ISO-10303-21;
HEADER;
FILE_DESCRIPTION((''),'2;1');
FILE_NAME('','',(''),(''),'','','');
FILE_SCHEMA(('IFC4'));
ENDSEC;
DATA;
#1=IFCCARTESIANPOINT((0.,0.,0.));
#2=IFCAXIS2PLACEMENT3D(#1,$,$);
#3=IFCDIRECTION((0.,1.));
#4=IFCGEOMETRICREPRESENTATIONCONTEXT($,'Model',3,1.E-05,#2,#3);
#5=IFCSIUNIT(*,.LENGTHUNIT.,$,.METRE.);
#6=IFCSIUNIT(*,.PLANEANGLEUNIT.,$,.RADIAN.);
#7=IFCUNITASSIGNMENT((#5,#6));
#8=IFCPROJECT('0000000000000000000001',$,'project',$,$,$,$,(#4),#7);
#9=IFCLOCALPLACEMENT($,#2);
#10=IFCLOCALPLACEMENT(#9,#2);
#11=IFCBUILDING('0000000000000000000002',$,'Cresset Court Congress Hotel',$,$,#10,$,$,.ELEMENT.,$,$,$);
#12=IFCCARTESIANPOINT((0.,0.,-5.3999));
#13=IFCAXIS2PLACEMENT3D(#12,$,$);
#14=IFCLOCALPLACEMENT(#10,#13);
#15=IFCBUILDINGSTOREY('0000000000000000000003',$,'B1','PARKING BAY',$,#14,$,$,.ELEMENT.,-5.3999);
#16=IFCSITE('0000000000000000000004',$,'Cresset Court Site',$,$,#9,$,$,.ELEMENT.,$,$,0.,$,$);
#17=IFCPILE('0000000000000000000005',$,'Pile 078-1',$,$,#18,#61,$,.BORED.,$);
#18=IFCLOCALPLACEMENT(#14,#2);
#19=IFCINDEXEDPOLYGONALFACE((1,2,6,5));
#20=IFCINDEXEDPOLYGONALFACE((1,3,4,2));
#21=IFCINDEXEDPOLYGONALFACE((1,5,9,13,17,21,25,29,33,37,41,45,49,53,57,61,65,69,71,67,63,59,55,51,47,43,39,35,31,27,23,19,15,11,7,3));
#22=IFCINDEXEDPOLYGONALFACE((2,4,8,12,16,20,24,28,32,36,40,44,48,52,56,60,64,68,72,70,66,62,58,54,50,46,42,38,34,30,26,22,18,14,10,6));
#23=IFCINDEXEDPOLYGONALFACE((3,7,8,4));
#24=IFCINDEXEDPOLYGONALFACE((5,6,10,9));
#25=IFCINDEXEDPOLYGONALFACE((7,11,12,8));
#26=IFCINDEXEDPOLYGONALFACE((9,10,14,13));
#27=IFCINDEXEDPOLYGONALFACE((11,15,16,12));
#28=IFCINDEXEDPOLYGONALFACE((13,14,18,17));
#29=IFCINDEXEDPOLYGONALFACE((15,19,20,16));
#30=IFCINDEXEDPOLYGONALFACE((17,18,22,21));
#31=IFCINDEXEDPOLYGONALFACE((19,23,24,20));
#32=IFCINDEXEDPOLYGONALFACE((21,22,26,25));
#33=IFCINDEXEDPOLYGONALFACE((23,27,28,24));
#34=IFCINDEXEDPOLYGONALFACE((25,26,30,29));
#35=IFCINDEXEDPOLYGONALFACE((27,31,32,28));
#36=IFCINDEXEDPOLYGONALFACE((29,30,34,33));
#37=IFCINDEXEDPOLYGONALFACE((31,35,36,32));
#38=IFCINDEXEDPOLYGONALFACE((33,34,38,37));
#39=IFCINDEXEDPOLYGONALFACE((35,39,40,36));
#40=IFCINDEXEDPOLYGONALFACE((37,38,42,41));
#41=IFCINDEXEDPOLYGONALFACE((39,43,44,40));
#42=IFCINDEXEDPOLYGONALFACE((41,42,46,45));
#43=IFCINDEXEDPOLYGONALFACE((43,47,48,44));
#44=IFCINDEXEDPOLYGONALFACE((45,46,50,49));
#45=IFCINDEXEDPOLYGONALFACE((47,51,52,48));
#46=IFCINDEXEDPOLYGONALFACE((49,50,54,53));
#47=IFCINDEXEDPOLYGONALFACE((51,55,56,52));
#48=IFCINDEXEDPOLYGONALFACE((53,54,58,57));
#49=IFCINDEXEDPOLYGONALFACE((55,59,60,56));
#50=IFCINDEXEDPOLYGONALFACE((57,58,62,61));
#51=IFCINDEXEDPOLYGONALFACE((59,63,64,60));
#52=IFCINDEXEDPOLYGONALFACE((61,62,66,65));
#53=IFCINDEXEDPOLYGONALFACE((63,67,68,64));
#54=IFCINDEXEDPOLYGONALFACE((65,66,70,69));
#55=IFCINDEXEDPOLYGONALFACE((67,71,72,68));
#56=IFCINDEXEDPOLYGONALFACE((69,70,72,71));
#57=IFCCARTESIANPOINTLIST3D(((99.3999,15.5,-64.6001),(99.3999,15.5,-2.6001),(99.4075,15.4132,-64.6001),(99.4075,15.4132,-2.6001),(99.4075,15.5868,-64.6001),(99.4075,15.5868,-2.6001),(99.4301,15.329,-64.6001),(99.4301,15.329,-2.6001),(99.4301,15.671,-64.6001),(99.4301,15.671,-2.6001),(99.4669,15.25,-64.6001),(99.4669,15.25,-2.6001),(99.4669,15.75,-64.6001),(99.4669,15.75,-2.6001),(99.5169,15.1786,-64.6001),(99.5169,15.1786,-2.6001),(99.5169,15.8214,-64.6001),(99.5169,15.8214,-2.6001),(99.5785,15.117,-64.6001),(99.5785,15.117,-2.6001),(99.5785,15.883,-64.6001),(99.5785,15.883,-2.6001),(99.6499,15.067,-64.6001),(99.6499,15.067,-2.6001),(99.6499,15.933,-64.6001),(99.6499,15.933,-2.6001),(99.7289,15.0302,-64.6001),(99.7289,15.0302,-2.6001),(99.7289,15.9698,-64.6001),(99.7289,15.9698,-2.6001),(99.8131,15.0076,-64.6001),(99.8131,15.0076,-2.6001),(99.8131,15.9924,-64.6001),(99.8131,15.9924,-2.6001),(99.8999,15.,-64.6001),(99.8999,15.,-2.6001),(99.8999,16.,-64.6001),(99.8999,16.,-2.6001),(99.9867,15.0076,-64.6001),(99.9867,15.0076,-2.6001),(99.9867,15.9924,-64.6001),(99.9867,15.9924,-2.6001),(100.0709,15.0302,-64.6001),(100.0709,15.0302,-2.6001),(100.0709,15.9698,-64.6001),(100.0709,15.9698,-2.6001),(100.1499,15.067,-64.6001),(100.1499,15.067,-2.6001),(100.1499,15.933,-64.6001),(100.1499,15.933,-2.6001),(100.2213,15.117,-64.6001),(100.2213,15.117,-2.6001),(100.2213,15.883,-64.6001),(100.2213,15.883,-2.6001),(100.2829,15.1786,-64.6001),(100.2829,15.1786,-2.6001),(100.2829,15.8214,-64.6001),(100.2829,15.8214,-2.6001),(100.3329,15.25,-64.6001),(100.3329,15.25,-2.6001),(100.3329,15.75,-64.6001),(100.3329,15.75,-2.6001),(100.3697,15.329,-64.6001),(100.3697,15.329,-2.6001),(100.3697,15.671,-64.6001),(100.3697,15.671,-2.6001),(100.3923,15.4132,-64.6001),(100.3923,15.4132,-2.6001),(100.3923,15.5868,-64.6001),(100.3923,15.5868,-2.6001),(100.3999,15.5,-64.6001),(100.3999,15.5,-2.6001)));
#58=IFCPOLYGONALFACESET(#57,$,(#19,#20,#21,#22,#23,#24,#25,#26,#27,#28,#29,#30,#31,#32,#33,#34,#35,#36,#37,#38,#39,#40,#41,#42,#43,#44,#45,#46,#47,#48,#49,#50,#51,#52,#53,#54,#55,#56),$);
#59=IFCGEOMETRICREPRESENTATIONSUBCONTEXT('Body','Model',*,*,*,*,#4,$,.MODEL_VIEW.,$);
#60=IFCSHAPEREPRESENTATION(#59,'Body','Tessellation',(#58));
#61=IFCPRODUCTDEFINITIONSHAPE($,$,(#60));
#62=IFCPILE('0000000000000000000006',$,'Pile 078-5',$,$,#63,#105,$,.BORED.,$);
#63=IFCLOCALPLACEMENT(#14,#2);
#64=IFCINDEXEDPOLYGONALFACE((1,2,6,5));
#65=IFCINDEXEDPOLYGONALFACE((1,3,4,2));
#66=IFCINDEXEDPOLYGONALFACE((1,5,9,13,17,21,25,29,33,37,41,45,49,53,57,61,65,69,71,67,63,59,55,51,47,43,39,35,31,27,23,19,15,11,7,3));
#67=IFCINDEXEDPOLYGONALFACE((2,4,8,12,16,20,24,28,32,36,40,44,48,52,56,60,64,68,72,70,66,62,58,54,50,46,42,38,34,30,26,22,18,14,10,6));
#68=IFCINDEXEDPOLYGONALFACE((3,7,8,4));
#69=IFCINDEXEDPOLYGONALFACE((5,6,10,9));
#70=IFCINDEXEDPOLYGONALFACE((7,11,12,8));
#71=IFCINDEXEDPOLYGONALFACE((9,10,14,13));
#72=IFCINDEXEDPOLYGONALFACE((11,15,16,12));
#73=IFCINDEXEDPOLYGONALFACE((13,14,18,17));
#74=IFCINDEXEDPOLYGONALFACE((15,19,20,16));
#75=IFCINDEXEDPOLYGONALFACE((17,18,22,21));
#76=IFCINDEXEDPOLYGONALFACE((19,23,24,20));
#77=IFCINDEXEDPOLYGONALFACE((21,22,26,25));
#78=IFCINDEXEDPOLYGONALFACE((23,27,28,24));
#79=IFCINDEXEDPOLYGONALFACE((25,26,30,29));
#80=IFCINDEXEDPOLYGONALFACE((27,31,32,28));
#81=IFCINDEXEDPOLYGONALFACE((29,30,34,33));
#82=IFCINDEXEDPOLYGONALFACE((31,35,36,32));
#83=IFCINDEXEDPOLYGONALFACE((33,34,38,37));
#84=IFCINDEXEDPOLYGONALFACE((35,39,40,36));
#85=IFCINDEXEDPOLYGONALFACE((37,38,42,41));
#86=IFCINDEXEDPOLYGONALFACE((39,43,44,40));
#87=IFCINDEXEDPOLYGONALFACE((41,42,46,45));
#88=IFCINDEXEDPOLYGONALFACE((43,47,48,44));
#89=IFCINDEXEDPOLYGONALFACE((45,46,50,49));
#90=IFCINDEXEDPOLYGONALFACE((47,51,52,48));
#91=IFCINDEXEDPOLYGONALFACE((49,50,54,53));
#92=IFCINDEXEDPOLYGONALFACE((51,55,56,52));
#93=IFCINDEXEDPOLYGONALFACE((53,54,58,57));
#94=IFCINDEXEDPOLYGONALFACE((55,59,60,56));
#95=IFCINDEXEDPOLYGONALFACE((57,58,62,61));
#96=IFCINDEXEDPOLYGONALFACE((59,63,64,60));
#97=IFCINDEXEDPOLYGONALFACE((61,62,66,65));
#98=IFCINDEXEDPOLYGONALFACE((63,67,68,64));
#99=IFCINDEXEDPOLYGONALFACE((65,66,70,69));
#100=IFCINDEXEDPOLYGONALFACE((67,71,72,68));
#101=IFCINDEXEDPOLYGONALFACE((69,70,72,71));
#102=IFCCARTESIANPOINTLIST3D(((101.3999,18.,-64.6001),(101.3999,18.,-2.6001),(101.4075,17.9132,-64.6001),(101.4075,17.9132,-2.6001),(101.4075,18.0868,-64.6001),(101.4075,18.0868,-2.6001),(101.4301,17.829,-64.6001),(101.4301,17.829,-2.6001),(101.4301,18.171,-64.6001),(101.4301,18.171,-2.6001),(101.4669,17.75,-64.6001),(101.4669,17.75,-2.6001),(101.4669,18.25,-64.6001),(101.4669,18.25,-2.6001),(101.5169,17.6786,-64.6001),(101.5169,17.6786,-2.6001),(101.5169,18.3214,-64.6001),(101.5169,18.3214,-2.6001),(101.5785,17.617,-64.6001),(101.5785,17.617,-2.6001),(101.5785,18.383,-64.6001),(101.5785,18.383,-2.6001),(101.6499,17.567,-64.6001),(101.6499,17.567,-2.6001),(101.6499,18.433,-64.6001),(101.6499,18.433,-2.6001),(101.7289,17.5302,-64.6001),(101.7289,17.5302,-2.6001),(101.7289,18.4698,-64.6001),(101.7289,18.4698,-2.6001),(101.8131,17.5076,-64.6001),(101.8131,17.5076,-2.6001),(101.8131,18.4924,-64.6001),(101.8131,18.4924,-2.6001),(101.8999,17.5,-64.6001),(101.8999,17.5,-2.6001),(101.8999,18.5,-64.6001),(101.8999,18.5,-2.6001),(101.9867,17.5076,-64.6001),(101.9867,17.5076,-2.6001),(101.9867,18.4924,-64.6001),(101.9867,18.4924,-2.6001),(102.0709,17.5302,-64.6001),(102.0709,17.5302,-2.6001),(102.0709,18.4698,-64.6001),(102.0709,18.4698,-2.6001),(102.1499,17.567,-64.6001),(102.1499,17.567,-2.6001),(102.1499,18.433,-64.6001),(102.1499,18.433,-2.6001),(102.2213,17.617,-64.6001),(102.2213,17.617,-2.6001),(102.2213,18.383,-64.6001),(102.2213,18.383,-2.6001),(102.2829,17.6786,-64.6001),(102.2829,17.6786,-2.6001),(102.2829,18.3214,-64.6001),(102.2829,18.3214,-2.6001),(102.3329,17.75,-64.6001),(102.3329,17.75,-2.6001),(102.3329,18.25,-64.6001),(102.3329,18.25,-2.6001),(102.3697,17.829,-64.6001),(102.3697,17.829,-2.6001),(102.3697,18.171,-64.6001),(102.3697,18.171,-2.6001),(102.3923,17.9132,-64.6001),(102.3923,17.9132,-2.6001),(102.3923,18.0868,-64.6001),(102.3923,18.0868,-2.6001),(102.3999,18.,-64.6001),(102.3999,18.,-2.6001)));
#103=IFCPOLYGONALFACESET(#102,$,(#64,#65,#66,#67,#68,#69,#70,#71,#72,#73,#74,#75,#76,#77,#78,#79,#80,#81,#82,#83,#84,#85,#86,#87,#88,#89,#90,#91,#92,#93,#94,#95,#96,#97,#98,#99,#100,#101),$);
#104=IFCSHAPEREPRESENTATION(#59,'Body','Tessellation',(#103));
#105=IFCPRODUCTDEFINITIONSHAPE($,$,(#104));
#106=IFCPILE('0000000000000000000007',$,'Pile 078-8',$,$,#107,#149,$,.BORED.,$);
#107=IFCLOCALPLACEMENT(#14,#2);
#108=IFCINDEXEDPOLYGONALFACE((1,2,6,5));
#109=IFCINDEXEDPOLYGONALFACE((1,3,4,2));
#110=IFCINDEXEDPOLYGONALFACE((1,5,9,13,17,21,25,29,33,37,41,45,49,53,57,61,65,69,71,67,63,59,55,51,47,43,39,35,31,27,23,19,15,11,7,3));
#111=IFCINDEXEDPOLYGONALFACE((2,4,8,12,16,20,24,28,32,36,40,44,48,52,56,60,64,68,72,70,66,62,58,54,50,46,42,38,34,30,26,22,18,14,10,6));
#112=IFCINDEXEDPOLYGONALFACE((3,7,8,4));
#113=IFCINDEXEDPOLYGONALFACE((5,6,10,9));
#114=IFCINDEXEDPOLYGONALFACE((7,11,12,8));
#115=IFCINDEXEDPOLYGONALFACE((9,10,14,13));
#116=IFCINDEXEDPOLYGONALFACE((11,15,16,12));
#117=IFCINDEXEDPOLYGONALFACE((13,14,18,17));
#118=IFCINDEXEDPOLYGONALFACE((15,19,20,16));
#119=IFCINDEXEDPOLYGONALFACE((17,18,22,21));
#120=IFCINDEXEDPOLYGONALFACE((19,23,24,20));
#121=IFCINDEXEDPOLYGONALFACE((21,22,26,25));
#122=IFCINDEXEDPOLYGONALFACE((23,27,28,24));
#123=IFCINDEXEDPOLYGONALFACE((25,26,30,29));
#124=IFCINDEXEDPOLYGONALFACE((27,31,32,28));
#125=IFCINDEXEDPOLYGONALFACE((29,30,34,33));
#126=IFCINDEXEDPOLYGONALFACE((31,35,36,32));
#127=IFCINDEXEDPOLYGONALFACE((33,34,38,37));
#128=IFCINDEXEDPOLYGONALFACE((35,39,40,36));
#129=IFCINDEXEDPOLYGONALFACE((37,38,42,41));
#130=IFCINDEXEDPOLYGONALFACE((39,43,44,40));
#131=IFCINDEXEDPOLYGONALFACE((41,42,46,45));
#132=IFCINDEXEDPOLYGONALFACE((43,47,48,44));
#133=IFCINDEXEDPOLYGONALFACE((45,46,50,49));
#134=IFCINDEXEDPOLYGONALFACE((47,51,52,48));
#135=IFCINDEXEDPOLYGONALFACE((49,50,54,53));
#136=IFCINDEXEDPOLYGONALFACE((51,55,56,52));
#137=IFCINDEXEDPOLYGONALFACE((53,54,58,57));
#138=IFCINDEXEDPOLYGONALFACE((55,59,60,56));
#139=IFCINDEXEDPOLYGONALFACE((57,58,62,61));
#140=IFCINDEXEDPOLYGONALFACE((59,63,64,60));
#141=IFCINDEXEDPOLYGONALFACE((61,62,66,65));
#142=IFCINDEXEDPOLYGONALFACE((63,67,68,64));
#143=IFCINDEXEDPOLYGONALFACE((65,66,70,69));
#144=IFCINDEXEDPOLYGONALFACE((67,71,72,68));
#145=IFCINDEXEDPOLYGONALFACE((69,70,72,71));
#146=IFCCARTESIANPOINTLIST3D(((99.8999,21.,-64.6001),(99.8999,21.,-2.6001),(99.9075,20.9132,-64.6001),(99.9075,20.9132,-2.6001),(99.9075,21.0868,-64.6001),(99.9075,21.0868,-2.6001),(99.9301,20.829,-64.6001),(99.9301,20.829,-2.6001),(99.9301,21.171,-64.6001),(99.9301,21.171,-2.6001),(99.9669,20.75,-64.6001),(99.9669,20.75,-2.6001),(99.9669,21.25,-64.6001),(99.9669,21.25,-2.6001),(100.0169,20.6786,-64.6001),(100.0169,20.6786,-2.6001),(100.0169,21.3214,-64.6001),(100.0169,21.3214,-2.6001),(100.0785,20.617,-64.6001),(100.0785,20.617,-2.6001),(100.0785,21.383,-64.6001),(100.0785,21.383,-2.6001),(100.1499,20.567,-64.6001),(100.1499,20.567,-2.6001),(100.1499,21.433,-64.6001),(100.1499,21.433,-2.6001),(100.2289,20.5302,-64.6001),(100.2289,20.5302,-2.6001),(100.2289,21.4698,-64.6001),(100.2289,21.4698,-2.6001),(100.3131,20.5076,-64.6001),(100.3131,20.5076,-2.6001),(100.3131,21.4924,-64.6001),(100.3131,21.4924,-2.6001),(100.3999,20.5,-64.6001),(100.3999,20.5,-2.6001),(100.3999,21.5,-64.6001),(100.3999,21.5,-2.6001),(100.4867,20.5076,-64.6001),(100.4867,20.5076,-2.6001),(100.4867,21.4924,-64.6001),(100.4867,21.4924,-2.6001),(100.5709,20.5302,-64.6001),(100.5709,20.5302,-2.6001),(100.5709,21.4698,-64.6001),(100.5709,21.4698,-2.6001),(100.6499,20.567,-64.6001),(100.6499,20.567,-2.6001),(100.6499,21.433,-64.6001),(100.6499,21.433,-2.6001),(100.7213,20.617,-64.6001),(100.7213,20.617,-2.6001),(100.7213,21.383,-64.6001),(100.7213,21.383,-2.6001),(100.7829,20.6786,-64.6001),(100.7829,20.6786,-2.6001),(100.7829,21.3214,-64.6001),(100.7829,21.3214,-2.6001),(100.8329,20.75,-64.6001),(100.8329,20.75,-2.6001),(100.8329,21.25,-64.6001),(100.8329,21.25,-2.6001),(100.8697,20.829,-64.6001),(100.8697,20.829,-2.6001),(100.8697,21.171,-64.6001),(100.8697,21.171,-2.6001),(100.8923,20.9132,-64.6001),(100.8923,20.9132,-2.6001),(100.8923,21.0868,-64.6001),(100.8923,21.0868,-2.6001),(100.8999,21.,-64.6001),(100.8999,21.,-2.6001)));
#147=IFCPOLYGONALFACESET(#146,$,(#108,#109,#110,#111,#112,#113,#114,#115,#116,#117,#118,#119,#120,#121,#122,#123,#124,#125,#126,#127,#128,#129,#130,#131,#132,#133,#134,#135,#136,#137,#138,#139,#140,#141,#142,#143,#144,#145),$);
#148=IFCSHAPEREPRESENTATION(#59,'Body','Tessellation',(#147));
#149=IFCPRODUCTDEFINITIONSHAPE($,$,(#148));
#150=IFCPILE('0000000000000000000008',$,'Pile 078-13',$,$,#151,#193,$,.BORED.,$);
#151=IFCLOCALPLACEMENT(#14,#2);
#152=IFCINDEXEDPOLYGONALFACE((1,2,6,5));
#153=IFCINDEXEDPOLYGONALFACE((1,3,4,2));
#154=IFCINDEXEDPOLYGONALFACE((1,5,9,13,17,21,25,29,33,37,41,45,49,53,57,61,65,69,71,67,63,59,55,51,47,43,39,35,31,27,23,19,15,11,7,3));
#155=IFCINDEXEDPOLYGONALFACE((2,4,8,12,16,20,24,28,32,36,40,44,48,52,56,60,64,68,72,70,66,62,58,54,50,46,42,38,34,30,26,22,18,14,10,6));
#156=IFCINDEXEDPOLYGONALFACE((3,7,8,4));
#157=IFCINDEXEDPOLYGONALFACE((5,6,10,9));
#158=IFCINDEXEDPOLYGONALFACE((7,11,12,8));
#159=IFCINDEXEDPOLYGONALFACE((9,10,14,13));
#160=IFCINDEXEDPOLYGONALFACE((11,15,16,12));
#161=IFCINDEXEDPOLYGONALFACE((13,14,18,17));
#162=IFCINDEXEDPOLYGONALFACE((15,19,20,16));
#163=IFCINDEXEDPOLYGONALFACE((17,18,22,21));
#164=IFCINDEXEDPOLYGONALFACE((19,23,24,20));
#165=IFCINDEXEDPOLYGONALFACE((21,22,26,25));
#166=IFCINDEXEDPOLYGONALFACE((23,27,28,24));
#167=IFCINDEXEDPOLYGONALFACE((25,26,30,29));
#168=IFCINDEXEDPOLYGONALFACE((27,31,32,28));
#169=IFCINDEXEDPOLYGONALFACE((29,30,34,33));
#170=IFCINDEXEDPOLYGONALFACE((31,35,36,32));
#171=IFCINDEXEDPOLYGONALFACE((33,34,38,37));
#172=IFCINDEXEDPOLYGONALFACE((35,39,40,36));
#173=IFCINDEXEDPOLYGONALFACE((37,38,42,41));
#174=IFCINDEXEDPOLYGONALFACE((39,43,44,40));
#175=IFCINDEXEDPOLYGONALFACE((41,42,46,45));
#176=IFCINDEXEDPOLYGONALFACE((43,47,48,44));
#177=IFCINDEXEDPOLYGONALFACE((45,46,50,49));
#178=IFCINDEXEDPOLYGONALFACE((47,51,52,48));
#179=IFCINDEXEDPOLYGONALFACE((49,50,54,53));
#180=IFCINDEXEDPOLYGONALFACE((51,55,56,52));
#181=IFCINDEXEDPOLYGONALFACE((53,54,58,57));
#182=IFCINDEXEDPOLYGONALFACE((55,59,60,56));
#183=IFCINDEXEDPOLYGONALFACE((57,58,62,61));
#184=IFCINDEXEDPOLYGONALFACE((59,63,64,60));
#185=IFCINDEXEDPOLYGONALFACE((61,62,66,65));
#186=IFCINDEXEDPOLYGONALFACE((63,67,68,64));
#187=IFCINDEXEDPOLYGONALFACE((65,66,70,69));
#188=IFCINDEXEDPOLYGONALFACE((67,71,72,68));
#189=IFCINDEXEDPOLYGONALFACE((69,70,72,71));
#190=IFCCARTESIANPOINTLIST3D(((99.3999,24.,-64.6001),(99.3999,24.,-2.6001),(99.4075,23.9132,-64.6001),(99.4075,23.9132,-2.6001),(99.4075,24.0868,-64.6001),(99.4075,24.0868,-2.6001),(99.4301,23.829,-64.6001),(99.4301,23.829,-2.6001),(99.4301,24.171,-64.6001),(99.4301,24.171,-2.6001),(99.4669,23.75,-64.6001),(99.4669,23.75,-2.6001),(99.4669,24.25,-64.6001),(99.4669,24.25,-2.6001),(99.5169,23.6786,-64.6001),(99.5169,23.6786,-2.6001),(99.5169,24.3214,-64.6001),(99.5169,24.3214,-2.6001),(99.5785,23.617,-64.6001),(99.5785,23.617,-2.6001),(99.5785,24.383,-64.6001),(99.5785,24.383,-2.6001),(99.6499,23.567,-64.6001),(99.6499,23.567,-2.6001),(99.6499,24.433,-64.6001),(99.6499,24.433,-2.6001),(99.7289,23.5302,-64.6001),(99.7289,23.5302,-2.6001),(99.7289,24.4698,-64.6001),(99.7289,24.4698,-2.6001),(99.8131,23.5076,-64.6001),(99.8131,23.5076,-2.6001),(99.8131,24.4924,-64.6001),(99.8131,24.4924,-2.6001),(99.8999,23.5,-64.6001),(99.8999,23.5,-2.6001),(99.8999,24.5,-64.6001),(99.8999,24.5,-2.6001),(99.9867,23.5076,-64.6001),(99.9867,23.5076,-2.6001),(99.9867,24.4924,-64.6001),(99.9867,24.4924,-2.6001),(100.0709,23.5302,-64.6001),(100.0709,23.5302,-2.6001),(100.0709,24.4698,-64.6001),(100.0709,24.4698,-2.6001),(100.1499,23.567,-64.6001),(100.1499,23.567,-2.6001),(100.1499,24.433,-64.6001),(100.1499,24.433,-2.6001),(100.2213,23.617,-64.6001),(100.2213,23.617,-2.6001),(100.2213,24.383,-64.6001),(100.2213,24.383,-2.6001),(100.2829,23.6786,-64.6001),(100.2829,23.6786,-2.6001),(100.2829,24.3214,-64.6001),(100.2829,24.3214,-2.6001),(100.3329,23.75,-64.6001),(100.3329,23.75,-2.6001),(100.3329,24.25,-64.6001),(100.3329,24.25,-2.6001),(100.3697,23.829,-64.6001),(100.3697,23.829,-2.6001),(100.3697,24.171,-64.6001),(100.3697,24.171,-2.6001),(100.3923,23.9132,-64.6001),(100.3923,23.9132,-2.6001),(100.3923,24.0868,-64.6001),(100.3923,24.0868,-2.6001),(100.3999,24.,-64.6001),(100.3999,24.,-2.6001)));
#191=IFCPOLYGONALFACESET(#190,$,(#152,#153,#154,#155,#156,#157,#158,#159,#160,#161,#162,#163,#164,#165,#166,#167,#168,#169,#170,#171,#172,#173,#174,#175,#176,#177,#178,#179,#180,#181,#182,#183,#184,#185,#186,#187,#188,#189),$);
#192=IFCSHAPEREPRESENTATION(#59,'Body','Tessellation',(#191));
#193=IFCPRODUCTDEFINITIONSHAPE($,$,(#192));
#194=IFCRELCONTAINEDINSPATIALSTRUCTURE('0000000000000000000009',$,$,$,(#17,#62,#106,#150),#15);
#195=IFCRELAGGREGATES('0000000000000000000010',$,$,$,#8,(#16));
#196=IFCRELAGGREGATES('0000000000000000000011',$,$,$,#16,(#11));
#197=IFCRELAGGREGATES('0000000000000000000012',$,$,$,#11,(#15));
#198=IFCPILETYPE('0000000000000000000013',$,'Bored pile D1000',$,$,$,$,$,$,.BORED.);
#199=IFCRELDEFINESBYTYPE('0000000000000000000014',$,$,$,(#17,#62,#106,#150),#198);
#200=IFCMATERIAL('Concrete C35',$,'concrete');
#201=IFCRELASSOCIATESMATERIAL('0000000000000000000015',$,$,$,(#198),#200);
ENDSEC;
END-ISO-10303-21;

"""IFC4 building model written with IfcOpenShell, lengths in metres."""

from ifc_helpers import new_model, si_unit, direction, frame, origin, origin_2d, place, context, subcontext, project, spatial, circle, extrude, material, type_object, element, save


model = new_model("IFC4")

# Units and contexts
model_context = context("Model", 3, precision=1e-05, world=origin(), true_north=direction((0.0, 1.0)))
body_context = subcontext(model_context, "Body", "Model", "MODEL_VIEW")
ifc_project = project(units=[si_unit("LENGTHUNIT", "METRE"), si_unit("PLANEANGLEUNIT", "RADIAN")], contexts=[model_context])

# Site, building, storey
site_placement = place(None, origin())
site = spatial("IfcSite", under=ifc_project, at=site_placement, Name="Cresset Court Site", CompositionType="ELEMENT", RefElevation=0.0)
building_placement = place(site_placement, origin())
building = spatial("IfcBuilding", under=site, at=building_placement, Name="Cresset Court Congress Hotel", CompositionType="ELEMENT")
storey_placement = place(building_placement, frame((0.0, 0.0, -5.3999)))
storey = spatial("IfcBuildingStorey", under=building, at=storey_placement, Name="B1", Description="PARKING BAY", CompositionType="ELEMENT", Elevation=-5.3999)

# Piles
ifc_material_1 = material(Name="Concrete C35", Category="concrete")
pile_type = type_object("IfcPileType", Name="Bored pile D1000", PredefinedType="BORED", material=ifc_material_1)
for number, where, z_axis, x_axis, name in (
    (1, (99.8999, 15.5, -2.6001), (0.0, 0.0, -1.0), (1.0, 0.0, 0.0), "Pile 078-1"),
    (2, (101.8999, 18.0, -2.6001), (0.0, 0.0, -1.0), (1.0, 0.0, 0.0), "Pile 078-5"),
    (3, (100.3999, 21.0, -2.6001), (0.0, 0.0, -1.0), (1.0, 0.0, 0.0), "Pile 078-8"),
    (4, (99.8999, 24.0, -2.6001), (0.0, 0.0, -1.0), (1.0, 0.0, 0.0), "Pile 078-13"),
):
    element("IfcPile", number, at=place(storey_placement, frame(where, z_axis=z_axis, x_axis=x_axis)), inside=storey, type_object=pile_type, Name=name, PredefinedType="BORED", context=body_context, shape_type="SweptSolid", body=[
        extrude(circle(Radius=0.5, at=origin_2d()), origin(), (0.0, 0.0, 1.0), 62.0),
    ])

save(model, "model.ifc")
